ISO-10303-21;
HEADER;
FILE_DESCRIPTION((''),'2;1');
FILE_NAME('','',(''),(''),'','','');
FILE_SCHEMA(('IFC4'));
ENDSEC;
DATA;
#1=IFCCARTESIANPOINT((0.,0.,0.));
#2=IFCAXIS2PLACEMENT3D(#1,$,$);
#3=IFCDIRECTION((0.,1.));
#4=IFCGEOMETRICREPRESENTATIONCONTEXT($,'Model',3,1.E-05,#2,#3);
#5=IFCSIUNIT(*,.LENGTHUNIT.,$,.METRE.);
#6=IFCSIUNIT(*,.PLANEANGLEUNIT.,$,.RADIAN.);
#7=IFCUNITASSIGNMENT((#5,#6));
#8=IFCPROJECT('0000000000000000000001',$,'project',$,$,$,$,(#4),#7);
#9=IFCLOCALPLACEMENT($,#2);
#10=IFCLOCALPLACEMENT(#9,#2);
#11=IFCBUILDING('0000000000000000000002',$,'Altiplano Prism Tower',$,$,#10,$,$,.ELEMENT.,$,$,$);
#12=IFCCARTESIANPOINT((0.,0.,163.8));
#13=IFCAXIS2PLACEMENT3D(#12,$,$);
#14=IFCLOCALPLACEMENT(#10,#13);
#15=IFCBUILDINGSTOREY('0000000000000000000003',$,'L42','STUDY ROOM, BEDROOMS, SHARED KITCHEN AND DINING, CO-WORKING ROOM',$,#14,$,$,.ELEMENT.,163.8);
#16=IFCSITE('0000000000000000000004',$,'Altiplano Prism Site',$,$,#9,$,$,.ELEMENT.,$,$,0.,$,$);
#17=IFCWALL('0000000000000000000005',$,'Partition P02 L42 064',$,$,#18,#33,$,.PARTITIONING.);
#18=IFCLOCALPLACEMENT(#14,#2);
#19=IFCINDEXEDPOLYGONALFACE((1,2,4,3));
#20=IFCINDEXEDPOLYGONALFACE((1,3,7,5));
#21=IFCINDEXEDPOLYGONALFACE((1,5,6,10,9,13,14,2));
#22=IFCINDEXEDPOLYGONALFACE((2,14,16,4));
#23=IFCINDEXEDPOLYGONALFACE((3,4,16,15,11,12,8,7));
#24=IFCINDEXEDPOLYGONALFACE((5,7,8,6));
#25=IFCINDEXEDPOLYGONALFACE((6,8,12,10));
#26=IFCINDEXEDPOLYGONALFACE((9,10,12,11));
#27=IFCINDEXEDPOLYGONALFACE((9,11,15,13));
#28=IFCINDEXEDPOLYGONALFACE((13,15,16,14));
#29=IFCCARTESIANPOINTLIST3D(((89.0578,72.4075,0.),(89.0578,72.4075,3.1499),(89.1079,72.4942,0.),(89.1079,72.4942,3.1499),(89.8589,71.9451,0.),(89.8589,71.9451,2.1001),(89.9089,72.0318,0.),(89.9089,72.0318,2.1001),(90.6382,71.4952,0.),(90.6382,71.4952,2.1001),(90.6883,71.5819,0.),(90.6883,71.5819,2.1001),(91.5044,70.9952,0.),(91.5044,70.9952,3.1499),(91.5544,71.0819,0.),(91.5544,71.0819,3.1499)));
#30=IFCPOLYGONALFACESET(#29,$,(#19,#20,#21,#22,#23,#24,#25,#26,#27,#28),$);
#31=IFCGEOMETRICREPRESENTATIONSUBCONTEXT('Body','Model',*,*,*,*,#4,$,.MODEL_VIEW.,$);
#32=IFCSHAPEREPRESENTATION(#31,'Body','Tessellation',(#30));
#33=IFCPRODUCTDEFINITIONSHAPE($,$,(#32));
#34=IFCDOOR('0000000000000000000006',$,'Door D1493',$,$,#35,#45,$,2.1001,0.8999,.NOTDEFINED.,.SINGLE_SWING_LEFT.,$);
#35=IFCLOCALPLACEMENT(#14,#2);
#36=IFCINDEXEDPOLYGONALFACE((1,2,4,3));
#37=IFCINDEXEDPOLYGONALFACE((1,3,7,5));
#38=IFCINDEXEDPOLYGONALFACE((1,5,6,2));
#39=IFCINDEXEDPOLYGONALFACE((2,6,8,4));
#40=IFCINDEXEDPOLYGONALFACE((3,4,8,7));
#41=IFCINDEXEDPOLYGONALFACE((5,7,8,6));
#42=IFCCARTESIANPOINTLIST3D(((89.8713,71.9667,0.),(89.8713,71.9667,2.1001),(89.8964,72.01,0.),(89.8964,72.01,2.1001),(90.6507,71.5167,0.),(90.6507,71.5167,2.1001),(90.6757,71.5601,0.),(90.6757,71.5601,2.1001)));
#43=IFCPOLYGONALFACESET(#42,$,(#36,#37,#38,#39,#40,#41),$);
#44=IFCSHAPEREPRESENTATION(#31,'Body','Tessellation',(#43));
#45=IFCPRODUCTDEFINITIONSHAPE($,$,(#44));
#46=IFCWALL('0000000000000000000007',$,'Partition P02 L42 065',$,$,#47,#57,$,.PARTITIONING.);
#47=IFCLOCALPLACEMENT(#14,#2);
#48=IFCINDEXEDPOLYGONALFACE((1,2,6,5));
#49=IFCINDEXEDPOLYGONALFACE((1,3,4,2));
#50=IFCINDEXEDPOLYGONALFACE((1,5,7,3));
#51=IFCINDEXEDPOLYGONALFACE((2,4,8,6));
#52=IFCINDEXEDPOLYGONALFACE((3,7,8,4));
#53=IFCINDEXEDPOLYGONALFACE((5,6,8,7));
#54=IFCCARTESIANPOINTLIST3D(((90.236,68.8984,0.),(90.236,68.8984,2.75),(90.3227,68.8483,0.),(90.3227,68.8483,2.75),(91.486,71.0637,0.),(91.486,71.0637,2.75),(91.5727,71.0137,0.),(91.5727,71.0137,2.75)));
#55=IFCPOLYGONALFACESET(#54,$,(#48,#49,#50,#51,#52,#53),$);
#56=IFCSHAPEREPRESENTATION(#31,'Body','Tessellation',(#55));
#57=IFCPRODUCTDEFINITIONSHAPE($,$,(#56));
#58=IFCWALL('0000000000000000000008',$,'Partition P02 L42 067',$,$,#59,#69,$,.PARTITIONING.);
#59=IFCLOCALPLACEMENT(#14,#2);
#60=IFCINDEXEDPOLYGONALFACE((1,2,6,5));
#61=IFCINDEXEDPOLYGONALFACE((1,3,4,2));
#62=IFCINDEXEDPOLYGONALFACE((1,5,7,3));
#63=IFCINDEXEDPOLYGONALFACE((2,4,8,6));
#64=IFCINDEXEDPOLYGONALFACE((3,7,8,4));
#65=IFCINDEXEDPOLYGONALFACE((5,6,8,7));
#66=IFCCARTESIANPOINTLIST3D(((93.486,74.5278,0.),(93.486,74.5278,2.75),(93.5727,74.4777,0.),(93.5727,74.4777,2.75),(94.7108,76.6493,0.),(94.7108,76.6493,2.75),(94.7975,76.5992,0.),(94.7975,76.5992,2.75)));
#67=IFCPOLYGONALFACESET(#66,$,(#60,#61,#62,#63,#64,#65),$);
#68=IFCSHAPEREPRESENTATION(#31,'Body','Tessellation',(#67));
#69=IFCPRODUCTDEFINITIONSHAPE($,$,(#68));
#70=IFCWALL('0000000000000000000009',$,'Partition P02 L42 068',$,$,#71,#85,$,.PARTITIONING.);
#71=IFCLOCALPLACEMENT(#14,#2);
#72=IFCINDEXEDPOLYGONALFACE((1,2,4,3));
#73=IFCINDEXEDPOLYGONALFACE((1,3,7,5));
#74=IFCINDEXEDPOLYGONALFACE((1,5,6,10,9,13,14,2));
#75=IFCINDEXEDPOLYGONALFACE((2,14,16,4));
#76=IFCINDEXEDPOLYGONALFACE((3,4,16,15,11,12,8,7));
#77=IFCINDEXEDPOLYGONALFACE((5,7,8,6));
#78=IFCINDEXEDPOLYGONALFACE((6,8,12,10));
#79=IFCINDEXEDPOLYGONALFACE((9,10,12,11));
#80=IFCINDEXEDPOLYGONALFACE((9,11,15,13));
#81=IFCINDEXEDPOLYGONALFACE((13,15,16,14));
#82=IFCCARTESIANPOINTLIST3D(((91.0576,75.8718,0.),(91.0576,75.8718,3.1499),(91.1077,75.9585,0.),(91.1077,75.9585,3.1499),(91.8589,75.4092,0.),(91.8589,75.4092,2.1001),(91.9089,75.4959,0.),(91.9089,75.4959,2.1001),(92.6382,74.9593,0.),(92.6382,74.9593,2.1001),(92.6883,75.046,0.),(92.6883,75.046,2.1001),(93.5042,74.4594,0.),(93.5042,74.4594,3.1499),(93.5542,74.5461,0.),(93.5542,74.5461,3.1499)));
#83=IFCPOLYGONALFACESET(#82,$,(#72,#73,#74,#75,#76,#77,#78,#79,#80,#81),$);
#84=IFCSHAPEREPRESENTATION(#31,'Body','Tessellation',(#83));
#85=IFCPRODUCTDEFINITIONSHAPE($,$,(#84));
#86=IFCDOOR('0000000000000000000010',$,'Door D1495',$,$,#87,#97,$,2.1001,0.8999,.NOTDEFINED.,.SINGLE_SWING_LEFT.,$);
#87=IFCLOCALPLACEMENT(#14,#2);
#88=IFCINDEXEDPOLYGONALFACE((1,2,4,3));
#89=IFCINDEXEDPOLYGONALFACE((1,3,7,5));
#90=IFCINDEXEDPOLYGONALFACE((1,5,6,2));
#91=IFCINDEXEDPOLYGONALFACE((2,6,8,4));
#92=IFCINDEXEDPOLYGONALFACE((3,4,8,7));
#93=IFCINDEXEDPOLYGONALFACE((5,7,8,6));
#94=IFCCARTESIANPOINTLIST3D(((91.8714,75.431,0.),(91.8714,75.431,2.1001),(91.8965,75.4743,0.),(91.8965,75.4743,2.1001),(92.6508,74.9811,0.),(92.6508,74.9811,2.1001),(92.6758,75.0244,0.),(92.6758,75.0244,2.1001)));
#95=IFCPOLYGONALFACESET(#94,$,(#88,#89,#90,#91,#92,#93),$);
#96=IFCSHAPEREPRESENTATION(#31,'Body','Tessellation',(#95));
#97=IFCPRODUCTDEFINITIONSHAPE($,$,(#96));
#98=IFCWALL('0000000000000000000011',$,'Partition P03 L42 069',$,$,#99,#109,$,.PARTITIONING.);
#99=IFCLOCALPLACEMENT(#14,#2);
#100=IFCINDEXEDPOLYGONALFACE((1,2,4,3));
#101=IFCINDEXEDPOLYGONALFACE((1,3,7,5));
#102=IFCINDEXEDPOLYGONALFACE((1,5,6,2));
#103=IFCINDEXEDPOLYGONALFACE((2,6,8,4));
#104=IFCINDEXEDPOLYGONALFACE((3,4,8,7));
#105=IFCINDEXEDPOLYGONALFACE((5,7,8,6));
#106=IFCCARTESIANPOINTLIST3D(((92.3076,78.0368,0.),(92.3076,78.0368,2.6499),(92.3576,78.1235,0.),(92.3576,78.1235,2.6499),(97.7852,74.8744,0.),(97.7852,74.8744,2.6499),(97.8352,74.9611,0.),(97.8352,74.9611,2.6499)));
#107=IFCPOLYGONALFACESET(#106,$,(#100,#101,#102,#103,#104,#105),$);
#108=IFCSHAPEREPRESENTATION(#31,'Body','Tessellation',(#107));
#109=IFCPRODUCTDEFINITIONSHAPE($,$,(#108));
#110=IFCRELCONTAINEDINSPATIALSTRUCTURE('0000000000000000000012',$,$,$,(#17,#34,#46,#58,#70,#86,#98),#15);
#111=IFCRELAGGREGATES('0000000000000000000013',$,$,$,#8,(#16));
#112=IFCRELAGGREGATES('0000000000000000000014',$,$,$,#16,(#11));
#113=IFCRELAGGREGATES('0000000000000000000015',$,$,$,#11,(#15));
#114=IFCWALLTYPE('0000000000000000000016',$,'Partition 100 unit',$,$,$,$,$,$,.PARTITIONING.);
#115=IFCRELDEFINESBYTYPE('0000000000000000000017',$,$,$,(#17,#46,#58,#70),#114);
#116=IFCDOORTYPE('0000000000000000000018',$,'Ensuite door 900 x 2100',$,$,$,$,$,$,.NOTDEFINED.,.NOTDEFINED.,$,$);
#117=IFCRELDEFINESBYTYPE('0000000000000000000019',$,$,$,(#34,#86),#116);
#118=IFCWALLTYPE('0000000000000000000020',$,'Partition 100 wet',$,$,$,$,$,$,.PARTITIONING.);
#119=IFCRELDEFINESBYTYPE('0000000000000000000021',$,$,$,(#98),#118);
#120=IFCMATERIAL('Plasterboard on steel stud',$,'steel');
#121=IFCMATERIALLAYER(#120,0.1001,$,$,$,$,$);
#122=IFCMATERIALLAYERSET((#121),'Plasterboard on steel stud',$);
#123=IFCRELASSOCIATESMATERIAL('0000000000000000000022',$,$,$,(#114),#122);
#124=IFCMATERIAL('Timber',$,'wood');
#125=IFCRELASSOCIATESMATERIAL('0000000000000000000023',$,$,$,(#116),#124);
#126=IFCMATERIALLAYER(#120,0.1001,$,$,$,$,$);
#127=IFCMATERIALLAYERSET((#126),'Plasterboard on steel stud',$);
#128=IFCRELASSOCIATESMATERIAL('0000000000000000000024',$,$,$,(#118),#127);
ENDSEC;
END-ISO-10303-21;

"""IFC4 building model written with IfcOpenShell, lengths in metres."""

from ifc_helpers import new_model, si_unit, direction, frame, frame_2d, origin, place, context, subcontext, project, spatial, rectangle, extrude, material, layer, layer_set, type_object, element, fill, save


model = new_model("IFC4")

# Units and contexts
model_context = context("Model", 3, precision=1e-05, world=origin(), true_north=direction((0.0, 1.0)))
body_context = subcontext(model_context, "Body", "Model", "MODEL_VIEW")
ifc_project = project(units=[si_unit("LENGTHUNIT", "METRE"), si_unit("PLANEANGLEUNIT", "RADIAN")], contexts=[model_context])

# Site, building, storey
site_placement = place(None, origin())
site = spatial("IfcSite", under=ifc_project, at=site_placement, Name="Altiplano Prism Site", CompositionType="ELEMENT", RefElevation=0.0)
building_placement = place(site_placement, origin())
building = spatial("IfcBuilding", under=site, at=building_placement, Name="Altiplano Prism Tower", CompositionType="ELEMENT")
storey_placement = place(building_placement, frame((0.0, 0.0, 163.8)))
storey = spatial("IfcBuildingStorey", under=building, at=storey_placement, Name="L42", Description="STUDY ROOM, BEDROOMS, SHARED KITCHEN AND DINING, CO-WORKING ROOM", CompositionType="ELEMENT", Elevation=163.8)

# Wall, opening, door
ifc_material_1 = material(Name="Plasterboard on steel stud", Category="steel")
ifc_layer_1 = layer(ifc_material_1, 0.1001)
ifc_layer_set_1 = layer_set([ifc_layer_1], Name="Plasterboard on steel stud")
wall_type_1 = type_object("IfcWallType", Name="Partition 100 unit", PredefinedType="PARTITIONING", material=ifc_layer_set_1)
wall_1_placement = place(storey_placement, frame((89.0828, 72.4509, 0.0), z_axis=(0.0, 0.0, 1.0), x_axis=(0.866049, -0.499959, 0.0)))
wall_1 = element("IfcWall", 1, at=wall_1_placement, inside=storey, type_object=wall_type_1, Name="Partition P02 L42 064", PredefinedType="PARTITIONING", context=body_context, shape_type="SweptSolid", body=[
    extrude(rectangle(XDim=2.825, YDim=0.1001, at=frame_2d((1.4126, 0.0))), origin(), (0.0, 0.0, 1.0), 3.1499),
])
opening_1_placement = place(wall_1_placement, frame((0.925, 0.0, 0.0)))
opening_1 = element("IfcOpeningElement", 2, at=opening_1_placement, cuts=wall_1, PredefinedType="OPENING", context=body_context, shape_type="SweptSolid", body=[
    extrude(rectangle(XDim=0.8999, YDim=2.1001, at=frame_2d((0.45, 1.05))), frame((0.0, 0.0605, 0.0), z_axis=(0.0, -1.0, 0.0), x_axis=(1.0, 0.0, 0.0)), (0.0, 0.0, 1.0), 0.1211),
])
ifc_material_2 = material(Name="Timber", Category="wood")
door_type_1 = type_object("IfcDoorType", Name="Ensuite door 900 x 2100", OperationType="NOTDEFINED", PredefinedType="NOTDEFINED", material=ifc_material_2)
door_1_placement = place(opening_1_placement, origin())
door_1 = element("IfcDoor", 3, at=door_1_placement, inside=storey, type_object=door_type_1, Name="Door D1493", OperationType="SINGLE_SWING_LEFT", OverallHeight=2.1001, OverallWidth=0.8999, PredefinedType="NOTDEFINED", context=body_context, shape_type="SweptSolid", body=[
    extrude(rectangle(XDim=0.8999, YDim=2.1001, at=frame_2d((0.45, 1.05))), frame((0.0, 0.0249, 0.0), z_axis=(0.0, -1.0, 0.0), x_axis=(1.0, 0.0, 0.0)), (0.0, 0.0, 1.0), 0.05),
])
fill(opening_1, door_1)

# Walls
wall_2_placement = place(storey_placement, frame((91.5293, 71.0386, 0.0), z_axis=(0.0, 0.0, 1.0), x_axis=(-0.499962, -0.866047, 0.0)))
element("IfcWall", 4, at=wall_2_placement, inside=storey, type_object=wall_type_1, Name="Partition P02 L42 065", PredefinedType="PARTITIONING", context=body_context, shape_type="SweptSolid", body=[
    extrude(rectangle(XDim=2.5002, YDim=0.1001, at=frame_2d((1.25, 0.0))), origin(), (0.0, 0.0, 1.0), 2.75),
])
wall_3_placement = place(storey_placement, frame((94.7542, 76.6243, 0.0), z_axis=(0.0, 0.0, 1.0), x_axis=(-0.499987, -0.866033, 0.0)))
element("IfcWall", 5, at=wall_3_placement, inside=storey, type_object=wall_type_1, Name="Partition P02 L42 067", PredefinedType="PARTITIONING", context=body_context, shape_type="SweptSolid", body=[
    extrude(rectangle(XDim=2.4497, YDim=0.1001, at=frame_2d((1.2249, 0.0))), origin(), (0.0, 0.0, 1.0), 2.75),
])

# Wall, opening, door
wall_4_placement = place(storey_placement, frame((93.5293, 74.5027, 0.0), z_axis=(0.0, 0.0, 1.0), x_axis=(-0.866049, 0.499959, 0.0)))
wall_4 = element("IfcWall", 6, at=wall_4_placement, inside=storey, type_object=wall_type_1, Name="Partition P02 L42 068", PredefinedType="PARTITIONING", context=body_context, shape_type="SweptSolid", body=[
    extrude(rectangle(XDim=2.825, YDim=0.1001, at=frame_2d((1.4126, 0.0))), origin(), (0.0, 0.0, 1.0), 3.1499),
])
opening_2_placement = place(wall_4_placement, frame((1.0, 0.0, 0.0)))
opening_2 = element("IfcOpeningElement", 7, at=opening_2_placement, cuts=wall_4, PredefinedType="OPENING", context=body_context, shape_type="SweptSolid", body=[
    extrude(rectangle(XDim=0.8999, YDim=2.1001, at=frame_2d((0.45, 1.05))), frame((0.0, 0.0605, 0.0), z_axis=(0.0, -1.0, 0.0), x_axis=(1.0, 0.0, 0.0)), (0.0, 0.0, 1.0), 0.1211),
])
door_2_placement = place(opening_2_placement, origin())
door_2 = element("IfcDoor", 8, at=door_2_placement, inside=storey, type_object=door_type_1, Name="Door D1495", OperationType="SINGLE_SWING_LEFT", OverallHeight=2.1001, OverallWidth=0.8999, PredefinedType="NOTDEFINED", context=body_context, shape_type="SweptSolid", body=[
    extrude(rectangle(XDim=0.8999, YDim=2.1001, at=frame_2d((0.45, 1.05))), frame((0.0, 0.0249, 0.0), z_axis=(0.0, -1.0, 0.0), x_axis=(1.0, 0.0, 0.0)), (0.0, 0.0, 1.0), 0.05),
])
fill(opening_2, door_2)

# Wall
ifc_layer_2 = layer(ifc_material_1, 0.1001)
ifc_layer_set_2 = layer_set([ifc_layer_2], Name="Plasterboard on steel stud")
wall_type_2 = type_object("IfcWallType", Name="Partition 100 wet", PredefinedType="PARTITIONING", material=ifc_layer_set_2)
wall_5_placement = place(storey_placement, frame((97.8103, 74.9177, 0.0), z_axis=(0.0, 0.0, 1.0), x_axis=(-0.866033, 0.499988, 0.0)))
element("IfcWall", 9, at=wall_5_placement, inside=storey, type_object=wall_type_2, Name="Partition P03 L42 069", PredefinedType="PARTITIONING", context=body_context, shape_type="SweptSolid", body=[
    extrude(rectangle(XDim=6.325, YDim=0.1001, at=frame_2d((3.1626, 0.0))), origin(), (0.0, 0.0, 1.0), 2.6499),
])

save(model, "model.ifc")
